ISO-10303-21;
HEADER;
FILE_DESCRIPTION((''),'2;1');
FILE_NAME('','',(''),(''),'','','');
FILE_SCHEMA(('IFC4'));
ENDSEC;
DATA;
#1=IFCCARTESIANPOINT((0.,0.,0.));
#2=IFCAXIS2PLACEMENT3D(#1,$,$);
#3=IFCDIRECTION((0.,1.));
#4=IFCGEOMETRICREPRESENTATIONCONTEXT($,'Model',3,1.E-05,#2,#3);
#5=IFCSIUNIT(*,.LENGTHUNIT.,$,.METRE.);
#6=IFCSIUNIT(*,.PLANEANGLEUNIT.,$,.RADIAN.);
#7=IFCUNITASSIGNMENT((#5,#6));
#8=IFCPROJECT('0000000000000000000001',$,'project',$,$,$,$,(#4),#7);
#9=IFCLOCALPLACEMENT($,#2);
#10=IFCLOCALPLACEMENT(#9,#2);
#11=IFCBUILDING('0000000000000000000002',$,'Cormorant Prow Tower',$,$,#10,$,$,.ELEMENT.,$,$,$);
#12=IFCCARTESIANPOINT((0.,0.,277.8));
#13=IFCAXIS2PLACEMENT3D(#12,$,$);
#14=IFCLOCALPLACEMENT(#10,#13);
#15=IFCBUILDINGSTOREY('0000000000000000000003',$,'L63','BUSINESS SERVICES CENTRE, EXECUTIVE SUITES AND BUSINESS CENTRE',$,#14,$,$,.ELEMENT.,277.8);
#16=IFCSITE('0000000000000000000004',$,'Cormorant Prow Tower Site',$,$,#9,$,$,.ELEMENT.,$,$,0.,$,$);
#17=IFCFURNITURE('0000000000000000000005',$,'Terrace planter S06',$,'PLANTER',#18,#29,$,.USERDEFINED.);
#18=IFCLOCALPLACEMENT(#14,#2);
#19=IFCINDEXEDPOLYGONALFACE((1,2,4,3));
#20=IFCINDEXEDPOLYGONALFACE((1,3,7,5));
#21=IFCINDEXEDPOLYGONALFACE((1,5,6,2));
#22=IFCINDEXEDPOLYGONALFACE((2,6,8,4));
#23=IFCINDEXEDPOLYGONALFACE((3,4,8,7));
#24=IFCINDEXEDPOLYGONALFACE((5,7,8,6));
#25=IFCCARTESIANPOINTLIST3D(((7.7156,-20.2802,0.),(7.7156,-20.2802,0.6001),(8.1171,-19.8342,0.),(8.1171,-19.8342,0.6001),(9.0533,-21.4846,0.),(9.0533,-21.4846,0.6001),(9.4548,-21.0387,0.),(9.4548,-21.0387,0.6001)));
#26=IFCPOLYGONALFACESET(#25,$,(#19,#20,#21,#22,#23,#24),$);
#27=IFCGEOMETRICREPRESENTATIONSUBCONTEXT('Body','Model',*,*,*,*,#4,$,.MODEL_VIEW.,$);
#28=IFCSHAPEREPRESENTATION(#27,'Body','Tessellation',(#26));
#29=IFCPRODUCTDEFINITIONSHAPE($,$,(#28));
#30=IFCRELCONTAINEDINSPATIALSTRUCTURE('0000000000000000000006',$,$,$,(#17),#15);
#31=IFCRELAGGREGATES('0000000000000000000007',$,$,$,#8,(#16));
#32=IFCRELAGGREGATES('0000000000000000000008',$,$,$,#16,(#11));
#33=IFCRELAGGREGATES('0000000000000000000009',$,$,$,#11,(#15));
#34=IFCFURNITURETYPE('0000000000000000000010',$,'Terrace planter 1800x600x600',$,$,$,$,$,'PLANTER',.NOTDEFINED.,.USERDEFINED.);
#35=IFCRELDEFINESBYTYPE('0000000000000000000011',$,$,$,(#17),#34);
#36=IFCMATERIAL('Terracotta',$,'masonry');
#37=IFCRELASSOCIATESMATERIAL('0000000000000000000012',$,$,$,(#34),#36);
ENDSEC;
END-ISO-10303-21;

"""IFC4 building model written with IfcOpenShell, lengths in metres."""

from ifc_helpers import new_model, si_unit, direction, frame, origin, origin_2d, place, context, subcontext, project, spatial, rectangle, extrude, material, type_object, element, save


model = new_model("IFC4")

# Units and contexts
model_context = context("Model", 3, precision=1e-05, world=origin(), true_north=direction((0.0, 1.0)))
body_context = subcontext(model_context, "Body", "Model", "MODEL_VIEW")
ifc_project = project(units=[si_unit("LENGTHUNIT", "METRE"), si_unit("PLANEANGLEUNIT", "RADIAN")], contexts=[model_context])

# Site, building, storey
site_placement = place(None, origin())
site = spatial("IfcSite", under=ifc_project, at=site_placement, Name="Cormorant Prow Tower Site", CompositionType="ELEMENT", RefElevation=0.0)
building_placement = place(site_placement, origin())
building = spatial("IfcBuilding", under=site, at=building_placement, Name="Cormorant Prow Tower", CompositionType="ELEMENT")
storey_placement = place(building_placement, frame((0.0, 0.0, 277.8)))
storey = spatial("IfcBuildingStorey", under=building, at=storey_placement, Name="L63", Description="BUSINESS SERVICES CENTRE, EXECUTIVE SUITES AND BUSINESS CENTRE", CompositionType="ELEMENT", Elevation=277.8)

# Furniture
ifc_material_1 = material(Name="Terracotta", Category="masonry")
furniture_type = type_object("IfcFurnitureType", Name="Terrace planter 1800x600x600", ElementType="PLANTER", AssemblyPlace="NOTDEFINED", PredefinedType="USERDEFINED", material=ifc_material_1)
furniture_placement = place(storey_placement, frame((8.5852, -20.6594, 0.0), z_axis=(0.0, 0.0, 1.0), x_axis=(0.743145, -0.669131, 0.0)))
element("IfcFurniture", 1, at=furniture_placement, inside=storey, type_object=furniture_type, Name="Terrace planter S06", ObjectType="PLANTER", PredefinedType="USERDEFINED", context=body_context, shape_type="SweptSolid", body=[
    extrude(rectangle(XDim=1.8, YDim=0.6001, at=origin_2d()), origin(), (0.0, 0.0, 1.0), 0.6001),
])

save(model, "model.ifc")
